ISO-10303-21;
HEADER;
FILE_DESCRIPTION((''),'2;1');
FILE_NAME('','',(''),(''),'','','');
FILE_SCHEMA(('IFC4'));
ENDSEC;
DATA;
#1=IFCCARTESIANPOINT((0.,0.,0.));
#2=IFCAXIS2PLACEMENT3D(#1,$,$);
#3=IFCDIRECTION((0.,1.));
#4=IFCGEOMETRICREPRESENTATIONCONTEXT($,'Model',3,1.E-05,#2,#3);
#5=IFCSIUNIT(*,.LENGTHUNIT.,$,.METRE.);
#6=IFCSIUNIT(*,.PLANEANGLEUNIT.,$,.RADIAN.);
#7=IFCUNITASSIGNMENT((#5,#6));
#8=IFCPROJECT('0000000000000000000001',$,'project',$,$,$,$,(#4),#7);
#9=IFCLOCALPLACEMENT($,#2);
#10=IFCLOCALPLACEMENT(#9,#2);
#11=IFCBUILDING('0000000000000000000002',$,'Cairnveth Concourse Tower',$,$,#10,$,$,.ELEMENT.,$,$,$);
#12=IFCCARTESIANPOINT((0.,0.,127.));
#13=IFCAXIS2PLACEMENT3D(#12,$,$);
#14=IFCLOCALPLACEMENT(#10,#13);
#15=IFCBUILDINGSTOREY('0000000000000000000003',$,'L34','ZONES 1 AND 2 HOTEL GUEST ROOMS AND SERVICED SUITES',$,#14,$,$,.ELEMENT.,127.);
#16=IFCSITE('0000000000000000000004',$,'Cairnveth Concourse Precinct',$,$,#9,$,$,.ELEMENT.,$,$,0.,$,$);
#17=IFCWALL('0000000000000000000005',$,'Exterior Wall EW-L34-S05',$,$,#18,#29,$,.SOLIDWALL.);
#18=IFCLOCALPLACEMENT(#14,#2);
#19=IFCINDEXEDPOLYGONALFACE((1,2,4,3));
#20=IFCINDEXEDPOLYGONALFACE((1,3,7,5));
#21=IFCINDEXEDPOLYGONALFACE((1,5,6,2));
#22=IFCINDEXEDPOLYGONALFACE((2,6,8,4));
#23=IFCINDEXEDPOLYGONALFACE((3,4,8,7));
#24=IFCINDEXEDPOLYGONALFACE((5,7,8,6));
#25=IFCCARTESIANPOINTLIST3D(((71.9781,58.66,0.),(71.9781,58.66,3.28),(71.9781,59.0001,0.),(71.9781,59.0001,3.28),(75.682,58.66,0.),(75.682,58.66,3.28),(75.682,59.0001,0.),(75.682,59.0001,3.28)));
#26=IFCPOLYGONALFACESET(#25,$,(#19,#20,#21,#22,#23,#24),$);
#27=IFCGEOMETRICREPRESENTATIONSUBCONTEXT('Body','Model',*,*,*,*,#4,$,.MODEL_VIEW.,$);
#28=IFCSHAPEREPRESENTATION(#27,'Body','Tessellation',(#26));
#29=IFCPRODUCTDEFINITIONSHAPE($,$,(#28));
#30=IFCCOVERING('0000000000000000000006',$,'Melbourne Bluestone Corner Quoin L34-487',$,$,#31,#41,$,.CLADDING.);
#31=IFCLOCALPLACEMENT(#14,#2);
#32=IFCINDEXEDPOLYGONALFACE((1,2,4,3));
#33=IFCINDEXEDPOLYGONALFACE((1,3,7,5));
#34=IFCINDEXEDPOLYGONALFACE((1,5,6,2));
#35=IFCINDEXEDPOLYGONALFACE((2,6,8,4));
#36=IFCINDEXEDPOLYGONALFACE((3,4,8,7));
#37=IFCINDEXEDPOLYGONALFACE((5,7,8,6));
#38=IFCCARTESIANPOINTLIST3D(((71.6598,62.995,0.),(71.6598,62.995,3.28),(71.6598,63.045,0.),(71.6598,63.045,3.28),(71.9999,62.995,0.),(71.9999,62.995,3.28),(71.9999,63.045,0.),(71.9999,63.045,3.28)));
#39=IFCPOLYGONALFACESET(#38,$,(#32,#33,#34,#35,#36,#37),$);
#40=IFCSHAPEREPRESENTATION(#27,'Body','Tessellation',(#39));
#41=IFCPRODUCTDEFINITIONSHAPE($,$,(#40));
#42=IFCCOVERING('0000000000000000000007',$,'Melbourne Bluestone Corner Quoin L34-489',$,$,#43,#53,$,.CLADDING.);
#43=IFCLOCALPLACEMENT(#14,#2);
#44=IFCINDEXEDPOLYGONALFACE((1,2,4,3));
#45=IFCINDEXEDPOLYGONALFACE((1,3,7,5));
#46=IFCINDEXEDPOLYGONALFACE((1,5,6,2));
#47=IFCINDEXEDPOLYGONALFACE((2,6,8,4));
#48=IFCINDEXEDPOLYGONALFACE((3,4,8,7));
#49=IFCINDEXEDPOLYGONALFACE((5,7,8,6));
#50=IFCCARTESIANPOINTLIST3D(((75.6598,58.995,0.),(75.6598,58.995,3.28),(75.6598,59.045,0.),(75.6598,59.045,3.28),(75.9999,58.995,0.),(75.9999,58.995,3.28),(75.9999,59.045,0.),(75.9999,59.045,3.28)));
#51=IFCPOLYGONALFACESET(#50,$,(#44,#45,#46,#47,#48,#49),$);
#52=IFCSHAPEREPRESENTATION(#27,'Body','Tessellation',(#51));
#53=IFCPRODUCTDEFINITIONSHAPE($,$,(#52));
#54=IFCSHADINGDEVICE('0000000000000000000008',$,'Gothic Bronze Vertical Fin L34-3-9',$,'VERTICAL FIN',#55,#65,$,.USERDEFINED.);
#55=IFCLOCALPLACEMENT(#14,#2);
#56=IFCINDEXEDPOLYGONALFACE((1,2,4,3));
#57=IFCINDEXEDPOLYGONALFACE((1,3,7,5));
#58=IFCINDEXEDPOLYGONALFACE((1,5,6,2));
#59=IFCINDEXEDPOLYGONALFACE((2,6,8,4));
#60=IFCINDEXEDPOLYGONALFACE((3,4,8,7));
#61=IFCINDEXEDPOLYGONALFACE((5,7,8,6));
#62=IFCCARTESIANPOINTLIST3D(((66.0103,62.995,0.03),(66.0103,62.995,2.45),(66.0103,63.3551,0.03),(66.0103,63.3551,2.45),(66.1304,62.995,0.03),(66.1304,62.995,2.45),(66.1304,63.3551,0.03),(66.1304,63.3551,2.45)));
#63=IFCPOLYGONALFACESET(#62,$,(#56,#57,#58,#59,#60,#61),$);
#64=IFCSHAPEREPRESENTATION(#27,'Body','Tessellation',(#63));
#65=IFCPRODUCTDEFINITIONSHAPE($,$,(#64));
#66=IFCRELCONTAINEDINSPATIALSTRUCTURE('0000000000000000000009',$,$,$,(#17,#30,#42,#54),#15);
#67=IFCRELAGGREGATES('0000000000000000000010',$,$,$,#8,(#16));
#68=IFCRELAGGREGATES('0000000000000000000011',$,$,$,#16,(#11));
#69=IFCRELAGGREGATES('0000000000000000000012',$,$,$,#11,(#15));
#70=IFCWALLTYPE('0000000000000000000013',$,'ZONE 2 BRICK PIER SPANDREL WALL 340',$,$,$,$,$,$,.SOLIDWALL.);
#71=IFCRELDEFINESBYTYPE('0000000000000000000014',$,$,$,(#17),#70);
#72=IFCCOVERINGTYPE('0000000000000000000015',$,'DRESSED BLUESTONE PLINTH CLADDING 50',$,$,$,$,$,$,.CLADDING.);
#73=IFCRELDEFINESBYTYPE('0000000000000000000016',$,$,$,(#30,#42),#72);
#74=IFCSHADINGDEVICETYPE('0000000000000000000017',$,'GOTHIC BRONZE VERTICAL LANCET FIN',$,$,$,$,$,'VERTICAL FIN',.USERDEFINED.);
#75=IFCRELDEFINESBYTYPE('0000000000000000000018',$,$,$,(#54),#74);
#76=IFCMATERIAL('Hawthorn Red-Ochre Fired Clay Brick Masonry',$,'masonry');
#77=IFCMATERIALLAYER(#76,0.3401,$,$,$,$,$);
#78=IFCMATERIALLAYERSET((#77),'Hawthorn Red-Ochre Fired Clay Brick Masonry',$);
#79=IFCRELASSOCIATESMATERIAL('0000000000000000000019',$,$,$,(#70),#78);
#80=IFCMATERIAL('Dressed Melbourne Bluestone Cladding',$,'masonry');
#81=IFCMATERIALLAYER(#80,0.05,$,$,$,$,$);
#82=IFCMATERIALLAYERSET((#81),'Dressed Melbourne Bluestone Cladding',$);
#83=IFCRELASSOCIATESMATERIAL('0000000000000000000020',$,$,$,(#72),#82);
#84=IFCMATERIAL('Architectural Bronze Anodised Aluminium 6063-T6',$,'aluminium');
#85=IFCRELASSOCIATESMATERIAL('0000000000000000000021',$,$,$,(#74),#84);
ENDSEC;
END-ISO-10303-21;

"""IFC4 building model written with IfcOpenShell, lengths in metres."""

from ifc_helpers import new_model, si_unit, direction, frame, frame_2d, origin, origin_2d, place, context, subcontext, project, spatial, rectangle, extrude, material, layer, layer_set, type_object, element, save


model = new_model("IFC4")

# Units and contexts
model_context = context("Model", 3, precision=1e-05, world=origin(), true_north=direction((0.0, 1.0)))
body_context = subcontext(model_context, "Body", "Model", "MODEL_VIEW")
ifc_project = project(units=[si_unit("LENGTHUNIT", "METRE"), si_unit("PLANEANGLEUNIT", "RADIAN")], contexts=[model_context])

# Site, building, storey
site_placement = place(None, origin())
site = spatial("IfcSite", under=ifc_project, at=site_placement, Name="Cairnveth Concourse Precinct", CompositionType="ELEMENT", RefElevation=0.0)
building_placement = place(site_placement, origin())
building = spatial("IfcBuilding", under=site, at=building_placement, Name="Cairnveth Concourse Tower", CompositionType="ELEMENT")
storey_placement = place(building_placement, frame((0.0, 0.0, 127.0)))
storey = spatial("IfcBuildingStorey", under=building, at=storey_placement, Name="L34", Description="ZONES 1 AND 2 HOTEL GUEST ROOMS AND SERVICED SUITES", CompositionType="ELEMENT", Elevation=127.0)

# Wall
ifc_material_1 = material(Name="Hawthorn Red-Ochre Fired Clay Brick Masonry", Category="masonry")
ifc_layer_1 = layer(ifc_material_1, 0.3401)
ifc_layer_set_1 = layer_set([ifc_layer_1], Name="Hawthorn Red-Ochre Fired Clay Brick Masonry")
wall_type = type_object("IfcWallType", Name="ZONE 2 BRICK PIER SPANDREL WALL 340", PredefinedType="SOLIDWALL", material=ifc_layer_set_1)
wall_1_placement = place(storey_placement, frame((71.978, 58.8301, 0.0), z_axis=(0.0, 0.0, 1.0), x_axis=(1.0, 0.0, 0.0)))
element("IfcWall", 1, at=wall_1_placement, inside=storey, type_object=wall_type, Name="Exterior Wall EW-L34-S05", PredefinedType="SOLIDWALL", context=body_context, shape_type="SweptSolid", body=[
    extrude(rectangle(XDim=3.7039, YDim=0.3401, at=frame_2d((1.8521, 0.0))), origin(), (0.0, 0.0, 1.0), 3.28),
])

# Coverings
ifc_material_2 = material(Name="Dressed Melbourne Bluestone Cladding", Category="masonry")
ifc_layer_2 = layer(ifc_material_2, 0.05)
ifc_layer_set_2 = layer_set([ifc_layer_2], Name="Dressed Melbourne Bluestone Cladding")
covering_type = type_object("IfcCoveringType", Name="DRESSED BLUESTONE PLINTH CLADDING 50", PredefinedType="CLADDING", material=ifc_layer_set_2)
for number, where, z_axis, x_axis, name in (
    (2, (71.6599, 63.02, 0.0), (0.0, 0.0, 1.0), (1.0, 0.0, 0.0), "Melbourne Bluestone Corner Quoin L34-487"),
    (3, (75.6599, 59.02, 0.0), (0.0, 0.0, 1.0), (1.0, 0.0, 0.0), "Melbourne Bluestone Corner Quoin L34-489"),
):
    element("IfcCovering", number, at=place(storey_placement, frame(where, z_axis=z_axis, x_axis=x_axis)), inside=storey, type_object=covering_type, Name=name, PredefinedType="CLADDING", context=body_context, shape_type="SweptSolid", body=[
        extrude(rectangle(XDim=0.3401, YDim=0.05, at=frame_2d((0.1699, 0.0))), origin(), (0.0, 0.0, 1.0), 3.28),
    ])

# Shading device
ifc_material_3 = material(Name="Architectural Bronze Anodised Aluminium 6063-T6", Category="aluminium")
shading_device_type = type_object("IfcShadingDeviceType", Name="GOTHIC BRONZE VERTICAL LANCET FIN", ElementType="VERTICAL FIN", PredefinedType="USERDEFINED", material=ifc_material_3)
shading_device_placement = place(storey_placement, frame((66.0703, 63.175, 0.03), z_axis=(0.0, 0.0, 1.0), x_axis=(1.0, 0.0, 0.0)))
element("IfcShadingDevice", 4, at=shading_device_placement, inside=storey, type_object=shading_device_type, Name="Gothic Bronze Vertical Fin L34-3-9", ObjectType="VERTICAL FIN", PredefinedType="USERDEFINED", context=body_context, shape_type="SweptSolid", body=[
    extrude(rectangle(XDim=0.1201, YDim=0.3601, at=origin_2d()), origin(), (0.0, 0.0, 1.0), 2.4199),
])

save(model, "model.ifc")
